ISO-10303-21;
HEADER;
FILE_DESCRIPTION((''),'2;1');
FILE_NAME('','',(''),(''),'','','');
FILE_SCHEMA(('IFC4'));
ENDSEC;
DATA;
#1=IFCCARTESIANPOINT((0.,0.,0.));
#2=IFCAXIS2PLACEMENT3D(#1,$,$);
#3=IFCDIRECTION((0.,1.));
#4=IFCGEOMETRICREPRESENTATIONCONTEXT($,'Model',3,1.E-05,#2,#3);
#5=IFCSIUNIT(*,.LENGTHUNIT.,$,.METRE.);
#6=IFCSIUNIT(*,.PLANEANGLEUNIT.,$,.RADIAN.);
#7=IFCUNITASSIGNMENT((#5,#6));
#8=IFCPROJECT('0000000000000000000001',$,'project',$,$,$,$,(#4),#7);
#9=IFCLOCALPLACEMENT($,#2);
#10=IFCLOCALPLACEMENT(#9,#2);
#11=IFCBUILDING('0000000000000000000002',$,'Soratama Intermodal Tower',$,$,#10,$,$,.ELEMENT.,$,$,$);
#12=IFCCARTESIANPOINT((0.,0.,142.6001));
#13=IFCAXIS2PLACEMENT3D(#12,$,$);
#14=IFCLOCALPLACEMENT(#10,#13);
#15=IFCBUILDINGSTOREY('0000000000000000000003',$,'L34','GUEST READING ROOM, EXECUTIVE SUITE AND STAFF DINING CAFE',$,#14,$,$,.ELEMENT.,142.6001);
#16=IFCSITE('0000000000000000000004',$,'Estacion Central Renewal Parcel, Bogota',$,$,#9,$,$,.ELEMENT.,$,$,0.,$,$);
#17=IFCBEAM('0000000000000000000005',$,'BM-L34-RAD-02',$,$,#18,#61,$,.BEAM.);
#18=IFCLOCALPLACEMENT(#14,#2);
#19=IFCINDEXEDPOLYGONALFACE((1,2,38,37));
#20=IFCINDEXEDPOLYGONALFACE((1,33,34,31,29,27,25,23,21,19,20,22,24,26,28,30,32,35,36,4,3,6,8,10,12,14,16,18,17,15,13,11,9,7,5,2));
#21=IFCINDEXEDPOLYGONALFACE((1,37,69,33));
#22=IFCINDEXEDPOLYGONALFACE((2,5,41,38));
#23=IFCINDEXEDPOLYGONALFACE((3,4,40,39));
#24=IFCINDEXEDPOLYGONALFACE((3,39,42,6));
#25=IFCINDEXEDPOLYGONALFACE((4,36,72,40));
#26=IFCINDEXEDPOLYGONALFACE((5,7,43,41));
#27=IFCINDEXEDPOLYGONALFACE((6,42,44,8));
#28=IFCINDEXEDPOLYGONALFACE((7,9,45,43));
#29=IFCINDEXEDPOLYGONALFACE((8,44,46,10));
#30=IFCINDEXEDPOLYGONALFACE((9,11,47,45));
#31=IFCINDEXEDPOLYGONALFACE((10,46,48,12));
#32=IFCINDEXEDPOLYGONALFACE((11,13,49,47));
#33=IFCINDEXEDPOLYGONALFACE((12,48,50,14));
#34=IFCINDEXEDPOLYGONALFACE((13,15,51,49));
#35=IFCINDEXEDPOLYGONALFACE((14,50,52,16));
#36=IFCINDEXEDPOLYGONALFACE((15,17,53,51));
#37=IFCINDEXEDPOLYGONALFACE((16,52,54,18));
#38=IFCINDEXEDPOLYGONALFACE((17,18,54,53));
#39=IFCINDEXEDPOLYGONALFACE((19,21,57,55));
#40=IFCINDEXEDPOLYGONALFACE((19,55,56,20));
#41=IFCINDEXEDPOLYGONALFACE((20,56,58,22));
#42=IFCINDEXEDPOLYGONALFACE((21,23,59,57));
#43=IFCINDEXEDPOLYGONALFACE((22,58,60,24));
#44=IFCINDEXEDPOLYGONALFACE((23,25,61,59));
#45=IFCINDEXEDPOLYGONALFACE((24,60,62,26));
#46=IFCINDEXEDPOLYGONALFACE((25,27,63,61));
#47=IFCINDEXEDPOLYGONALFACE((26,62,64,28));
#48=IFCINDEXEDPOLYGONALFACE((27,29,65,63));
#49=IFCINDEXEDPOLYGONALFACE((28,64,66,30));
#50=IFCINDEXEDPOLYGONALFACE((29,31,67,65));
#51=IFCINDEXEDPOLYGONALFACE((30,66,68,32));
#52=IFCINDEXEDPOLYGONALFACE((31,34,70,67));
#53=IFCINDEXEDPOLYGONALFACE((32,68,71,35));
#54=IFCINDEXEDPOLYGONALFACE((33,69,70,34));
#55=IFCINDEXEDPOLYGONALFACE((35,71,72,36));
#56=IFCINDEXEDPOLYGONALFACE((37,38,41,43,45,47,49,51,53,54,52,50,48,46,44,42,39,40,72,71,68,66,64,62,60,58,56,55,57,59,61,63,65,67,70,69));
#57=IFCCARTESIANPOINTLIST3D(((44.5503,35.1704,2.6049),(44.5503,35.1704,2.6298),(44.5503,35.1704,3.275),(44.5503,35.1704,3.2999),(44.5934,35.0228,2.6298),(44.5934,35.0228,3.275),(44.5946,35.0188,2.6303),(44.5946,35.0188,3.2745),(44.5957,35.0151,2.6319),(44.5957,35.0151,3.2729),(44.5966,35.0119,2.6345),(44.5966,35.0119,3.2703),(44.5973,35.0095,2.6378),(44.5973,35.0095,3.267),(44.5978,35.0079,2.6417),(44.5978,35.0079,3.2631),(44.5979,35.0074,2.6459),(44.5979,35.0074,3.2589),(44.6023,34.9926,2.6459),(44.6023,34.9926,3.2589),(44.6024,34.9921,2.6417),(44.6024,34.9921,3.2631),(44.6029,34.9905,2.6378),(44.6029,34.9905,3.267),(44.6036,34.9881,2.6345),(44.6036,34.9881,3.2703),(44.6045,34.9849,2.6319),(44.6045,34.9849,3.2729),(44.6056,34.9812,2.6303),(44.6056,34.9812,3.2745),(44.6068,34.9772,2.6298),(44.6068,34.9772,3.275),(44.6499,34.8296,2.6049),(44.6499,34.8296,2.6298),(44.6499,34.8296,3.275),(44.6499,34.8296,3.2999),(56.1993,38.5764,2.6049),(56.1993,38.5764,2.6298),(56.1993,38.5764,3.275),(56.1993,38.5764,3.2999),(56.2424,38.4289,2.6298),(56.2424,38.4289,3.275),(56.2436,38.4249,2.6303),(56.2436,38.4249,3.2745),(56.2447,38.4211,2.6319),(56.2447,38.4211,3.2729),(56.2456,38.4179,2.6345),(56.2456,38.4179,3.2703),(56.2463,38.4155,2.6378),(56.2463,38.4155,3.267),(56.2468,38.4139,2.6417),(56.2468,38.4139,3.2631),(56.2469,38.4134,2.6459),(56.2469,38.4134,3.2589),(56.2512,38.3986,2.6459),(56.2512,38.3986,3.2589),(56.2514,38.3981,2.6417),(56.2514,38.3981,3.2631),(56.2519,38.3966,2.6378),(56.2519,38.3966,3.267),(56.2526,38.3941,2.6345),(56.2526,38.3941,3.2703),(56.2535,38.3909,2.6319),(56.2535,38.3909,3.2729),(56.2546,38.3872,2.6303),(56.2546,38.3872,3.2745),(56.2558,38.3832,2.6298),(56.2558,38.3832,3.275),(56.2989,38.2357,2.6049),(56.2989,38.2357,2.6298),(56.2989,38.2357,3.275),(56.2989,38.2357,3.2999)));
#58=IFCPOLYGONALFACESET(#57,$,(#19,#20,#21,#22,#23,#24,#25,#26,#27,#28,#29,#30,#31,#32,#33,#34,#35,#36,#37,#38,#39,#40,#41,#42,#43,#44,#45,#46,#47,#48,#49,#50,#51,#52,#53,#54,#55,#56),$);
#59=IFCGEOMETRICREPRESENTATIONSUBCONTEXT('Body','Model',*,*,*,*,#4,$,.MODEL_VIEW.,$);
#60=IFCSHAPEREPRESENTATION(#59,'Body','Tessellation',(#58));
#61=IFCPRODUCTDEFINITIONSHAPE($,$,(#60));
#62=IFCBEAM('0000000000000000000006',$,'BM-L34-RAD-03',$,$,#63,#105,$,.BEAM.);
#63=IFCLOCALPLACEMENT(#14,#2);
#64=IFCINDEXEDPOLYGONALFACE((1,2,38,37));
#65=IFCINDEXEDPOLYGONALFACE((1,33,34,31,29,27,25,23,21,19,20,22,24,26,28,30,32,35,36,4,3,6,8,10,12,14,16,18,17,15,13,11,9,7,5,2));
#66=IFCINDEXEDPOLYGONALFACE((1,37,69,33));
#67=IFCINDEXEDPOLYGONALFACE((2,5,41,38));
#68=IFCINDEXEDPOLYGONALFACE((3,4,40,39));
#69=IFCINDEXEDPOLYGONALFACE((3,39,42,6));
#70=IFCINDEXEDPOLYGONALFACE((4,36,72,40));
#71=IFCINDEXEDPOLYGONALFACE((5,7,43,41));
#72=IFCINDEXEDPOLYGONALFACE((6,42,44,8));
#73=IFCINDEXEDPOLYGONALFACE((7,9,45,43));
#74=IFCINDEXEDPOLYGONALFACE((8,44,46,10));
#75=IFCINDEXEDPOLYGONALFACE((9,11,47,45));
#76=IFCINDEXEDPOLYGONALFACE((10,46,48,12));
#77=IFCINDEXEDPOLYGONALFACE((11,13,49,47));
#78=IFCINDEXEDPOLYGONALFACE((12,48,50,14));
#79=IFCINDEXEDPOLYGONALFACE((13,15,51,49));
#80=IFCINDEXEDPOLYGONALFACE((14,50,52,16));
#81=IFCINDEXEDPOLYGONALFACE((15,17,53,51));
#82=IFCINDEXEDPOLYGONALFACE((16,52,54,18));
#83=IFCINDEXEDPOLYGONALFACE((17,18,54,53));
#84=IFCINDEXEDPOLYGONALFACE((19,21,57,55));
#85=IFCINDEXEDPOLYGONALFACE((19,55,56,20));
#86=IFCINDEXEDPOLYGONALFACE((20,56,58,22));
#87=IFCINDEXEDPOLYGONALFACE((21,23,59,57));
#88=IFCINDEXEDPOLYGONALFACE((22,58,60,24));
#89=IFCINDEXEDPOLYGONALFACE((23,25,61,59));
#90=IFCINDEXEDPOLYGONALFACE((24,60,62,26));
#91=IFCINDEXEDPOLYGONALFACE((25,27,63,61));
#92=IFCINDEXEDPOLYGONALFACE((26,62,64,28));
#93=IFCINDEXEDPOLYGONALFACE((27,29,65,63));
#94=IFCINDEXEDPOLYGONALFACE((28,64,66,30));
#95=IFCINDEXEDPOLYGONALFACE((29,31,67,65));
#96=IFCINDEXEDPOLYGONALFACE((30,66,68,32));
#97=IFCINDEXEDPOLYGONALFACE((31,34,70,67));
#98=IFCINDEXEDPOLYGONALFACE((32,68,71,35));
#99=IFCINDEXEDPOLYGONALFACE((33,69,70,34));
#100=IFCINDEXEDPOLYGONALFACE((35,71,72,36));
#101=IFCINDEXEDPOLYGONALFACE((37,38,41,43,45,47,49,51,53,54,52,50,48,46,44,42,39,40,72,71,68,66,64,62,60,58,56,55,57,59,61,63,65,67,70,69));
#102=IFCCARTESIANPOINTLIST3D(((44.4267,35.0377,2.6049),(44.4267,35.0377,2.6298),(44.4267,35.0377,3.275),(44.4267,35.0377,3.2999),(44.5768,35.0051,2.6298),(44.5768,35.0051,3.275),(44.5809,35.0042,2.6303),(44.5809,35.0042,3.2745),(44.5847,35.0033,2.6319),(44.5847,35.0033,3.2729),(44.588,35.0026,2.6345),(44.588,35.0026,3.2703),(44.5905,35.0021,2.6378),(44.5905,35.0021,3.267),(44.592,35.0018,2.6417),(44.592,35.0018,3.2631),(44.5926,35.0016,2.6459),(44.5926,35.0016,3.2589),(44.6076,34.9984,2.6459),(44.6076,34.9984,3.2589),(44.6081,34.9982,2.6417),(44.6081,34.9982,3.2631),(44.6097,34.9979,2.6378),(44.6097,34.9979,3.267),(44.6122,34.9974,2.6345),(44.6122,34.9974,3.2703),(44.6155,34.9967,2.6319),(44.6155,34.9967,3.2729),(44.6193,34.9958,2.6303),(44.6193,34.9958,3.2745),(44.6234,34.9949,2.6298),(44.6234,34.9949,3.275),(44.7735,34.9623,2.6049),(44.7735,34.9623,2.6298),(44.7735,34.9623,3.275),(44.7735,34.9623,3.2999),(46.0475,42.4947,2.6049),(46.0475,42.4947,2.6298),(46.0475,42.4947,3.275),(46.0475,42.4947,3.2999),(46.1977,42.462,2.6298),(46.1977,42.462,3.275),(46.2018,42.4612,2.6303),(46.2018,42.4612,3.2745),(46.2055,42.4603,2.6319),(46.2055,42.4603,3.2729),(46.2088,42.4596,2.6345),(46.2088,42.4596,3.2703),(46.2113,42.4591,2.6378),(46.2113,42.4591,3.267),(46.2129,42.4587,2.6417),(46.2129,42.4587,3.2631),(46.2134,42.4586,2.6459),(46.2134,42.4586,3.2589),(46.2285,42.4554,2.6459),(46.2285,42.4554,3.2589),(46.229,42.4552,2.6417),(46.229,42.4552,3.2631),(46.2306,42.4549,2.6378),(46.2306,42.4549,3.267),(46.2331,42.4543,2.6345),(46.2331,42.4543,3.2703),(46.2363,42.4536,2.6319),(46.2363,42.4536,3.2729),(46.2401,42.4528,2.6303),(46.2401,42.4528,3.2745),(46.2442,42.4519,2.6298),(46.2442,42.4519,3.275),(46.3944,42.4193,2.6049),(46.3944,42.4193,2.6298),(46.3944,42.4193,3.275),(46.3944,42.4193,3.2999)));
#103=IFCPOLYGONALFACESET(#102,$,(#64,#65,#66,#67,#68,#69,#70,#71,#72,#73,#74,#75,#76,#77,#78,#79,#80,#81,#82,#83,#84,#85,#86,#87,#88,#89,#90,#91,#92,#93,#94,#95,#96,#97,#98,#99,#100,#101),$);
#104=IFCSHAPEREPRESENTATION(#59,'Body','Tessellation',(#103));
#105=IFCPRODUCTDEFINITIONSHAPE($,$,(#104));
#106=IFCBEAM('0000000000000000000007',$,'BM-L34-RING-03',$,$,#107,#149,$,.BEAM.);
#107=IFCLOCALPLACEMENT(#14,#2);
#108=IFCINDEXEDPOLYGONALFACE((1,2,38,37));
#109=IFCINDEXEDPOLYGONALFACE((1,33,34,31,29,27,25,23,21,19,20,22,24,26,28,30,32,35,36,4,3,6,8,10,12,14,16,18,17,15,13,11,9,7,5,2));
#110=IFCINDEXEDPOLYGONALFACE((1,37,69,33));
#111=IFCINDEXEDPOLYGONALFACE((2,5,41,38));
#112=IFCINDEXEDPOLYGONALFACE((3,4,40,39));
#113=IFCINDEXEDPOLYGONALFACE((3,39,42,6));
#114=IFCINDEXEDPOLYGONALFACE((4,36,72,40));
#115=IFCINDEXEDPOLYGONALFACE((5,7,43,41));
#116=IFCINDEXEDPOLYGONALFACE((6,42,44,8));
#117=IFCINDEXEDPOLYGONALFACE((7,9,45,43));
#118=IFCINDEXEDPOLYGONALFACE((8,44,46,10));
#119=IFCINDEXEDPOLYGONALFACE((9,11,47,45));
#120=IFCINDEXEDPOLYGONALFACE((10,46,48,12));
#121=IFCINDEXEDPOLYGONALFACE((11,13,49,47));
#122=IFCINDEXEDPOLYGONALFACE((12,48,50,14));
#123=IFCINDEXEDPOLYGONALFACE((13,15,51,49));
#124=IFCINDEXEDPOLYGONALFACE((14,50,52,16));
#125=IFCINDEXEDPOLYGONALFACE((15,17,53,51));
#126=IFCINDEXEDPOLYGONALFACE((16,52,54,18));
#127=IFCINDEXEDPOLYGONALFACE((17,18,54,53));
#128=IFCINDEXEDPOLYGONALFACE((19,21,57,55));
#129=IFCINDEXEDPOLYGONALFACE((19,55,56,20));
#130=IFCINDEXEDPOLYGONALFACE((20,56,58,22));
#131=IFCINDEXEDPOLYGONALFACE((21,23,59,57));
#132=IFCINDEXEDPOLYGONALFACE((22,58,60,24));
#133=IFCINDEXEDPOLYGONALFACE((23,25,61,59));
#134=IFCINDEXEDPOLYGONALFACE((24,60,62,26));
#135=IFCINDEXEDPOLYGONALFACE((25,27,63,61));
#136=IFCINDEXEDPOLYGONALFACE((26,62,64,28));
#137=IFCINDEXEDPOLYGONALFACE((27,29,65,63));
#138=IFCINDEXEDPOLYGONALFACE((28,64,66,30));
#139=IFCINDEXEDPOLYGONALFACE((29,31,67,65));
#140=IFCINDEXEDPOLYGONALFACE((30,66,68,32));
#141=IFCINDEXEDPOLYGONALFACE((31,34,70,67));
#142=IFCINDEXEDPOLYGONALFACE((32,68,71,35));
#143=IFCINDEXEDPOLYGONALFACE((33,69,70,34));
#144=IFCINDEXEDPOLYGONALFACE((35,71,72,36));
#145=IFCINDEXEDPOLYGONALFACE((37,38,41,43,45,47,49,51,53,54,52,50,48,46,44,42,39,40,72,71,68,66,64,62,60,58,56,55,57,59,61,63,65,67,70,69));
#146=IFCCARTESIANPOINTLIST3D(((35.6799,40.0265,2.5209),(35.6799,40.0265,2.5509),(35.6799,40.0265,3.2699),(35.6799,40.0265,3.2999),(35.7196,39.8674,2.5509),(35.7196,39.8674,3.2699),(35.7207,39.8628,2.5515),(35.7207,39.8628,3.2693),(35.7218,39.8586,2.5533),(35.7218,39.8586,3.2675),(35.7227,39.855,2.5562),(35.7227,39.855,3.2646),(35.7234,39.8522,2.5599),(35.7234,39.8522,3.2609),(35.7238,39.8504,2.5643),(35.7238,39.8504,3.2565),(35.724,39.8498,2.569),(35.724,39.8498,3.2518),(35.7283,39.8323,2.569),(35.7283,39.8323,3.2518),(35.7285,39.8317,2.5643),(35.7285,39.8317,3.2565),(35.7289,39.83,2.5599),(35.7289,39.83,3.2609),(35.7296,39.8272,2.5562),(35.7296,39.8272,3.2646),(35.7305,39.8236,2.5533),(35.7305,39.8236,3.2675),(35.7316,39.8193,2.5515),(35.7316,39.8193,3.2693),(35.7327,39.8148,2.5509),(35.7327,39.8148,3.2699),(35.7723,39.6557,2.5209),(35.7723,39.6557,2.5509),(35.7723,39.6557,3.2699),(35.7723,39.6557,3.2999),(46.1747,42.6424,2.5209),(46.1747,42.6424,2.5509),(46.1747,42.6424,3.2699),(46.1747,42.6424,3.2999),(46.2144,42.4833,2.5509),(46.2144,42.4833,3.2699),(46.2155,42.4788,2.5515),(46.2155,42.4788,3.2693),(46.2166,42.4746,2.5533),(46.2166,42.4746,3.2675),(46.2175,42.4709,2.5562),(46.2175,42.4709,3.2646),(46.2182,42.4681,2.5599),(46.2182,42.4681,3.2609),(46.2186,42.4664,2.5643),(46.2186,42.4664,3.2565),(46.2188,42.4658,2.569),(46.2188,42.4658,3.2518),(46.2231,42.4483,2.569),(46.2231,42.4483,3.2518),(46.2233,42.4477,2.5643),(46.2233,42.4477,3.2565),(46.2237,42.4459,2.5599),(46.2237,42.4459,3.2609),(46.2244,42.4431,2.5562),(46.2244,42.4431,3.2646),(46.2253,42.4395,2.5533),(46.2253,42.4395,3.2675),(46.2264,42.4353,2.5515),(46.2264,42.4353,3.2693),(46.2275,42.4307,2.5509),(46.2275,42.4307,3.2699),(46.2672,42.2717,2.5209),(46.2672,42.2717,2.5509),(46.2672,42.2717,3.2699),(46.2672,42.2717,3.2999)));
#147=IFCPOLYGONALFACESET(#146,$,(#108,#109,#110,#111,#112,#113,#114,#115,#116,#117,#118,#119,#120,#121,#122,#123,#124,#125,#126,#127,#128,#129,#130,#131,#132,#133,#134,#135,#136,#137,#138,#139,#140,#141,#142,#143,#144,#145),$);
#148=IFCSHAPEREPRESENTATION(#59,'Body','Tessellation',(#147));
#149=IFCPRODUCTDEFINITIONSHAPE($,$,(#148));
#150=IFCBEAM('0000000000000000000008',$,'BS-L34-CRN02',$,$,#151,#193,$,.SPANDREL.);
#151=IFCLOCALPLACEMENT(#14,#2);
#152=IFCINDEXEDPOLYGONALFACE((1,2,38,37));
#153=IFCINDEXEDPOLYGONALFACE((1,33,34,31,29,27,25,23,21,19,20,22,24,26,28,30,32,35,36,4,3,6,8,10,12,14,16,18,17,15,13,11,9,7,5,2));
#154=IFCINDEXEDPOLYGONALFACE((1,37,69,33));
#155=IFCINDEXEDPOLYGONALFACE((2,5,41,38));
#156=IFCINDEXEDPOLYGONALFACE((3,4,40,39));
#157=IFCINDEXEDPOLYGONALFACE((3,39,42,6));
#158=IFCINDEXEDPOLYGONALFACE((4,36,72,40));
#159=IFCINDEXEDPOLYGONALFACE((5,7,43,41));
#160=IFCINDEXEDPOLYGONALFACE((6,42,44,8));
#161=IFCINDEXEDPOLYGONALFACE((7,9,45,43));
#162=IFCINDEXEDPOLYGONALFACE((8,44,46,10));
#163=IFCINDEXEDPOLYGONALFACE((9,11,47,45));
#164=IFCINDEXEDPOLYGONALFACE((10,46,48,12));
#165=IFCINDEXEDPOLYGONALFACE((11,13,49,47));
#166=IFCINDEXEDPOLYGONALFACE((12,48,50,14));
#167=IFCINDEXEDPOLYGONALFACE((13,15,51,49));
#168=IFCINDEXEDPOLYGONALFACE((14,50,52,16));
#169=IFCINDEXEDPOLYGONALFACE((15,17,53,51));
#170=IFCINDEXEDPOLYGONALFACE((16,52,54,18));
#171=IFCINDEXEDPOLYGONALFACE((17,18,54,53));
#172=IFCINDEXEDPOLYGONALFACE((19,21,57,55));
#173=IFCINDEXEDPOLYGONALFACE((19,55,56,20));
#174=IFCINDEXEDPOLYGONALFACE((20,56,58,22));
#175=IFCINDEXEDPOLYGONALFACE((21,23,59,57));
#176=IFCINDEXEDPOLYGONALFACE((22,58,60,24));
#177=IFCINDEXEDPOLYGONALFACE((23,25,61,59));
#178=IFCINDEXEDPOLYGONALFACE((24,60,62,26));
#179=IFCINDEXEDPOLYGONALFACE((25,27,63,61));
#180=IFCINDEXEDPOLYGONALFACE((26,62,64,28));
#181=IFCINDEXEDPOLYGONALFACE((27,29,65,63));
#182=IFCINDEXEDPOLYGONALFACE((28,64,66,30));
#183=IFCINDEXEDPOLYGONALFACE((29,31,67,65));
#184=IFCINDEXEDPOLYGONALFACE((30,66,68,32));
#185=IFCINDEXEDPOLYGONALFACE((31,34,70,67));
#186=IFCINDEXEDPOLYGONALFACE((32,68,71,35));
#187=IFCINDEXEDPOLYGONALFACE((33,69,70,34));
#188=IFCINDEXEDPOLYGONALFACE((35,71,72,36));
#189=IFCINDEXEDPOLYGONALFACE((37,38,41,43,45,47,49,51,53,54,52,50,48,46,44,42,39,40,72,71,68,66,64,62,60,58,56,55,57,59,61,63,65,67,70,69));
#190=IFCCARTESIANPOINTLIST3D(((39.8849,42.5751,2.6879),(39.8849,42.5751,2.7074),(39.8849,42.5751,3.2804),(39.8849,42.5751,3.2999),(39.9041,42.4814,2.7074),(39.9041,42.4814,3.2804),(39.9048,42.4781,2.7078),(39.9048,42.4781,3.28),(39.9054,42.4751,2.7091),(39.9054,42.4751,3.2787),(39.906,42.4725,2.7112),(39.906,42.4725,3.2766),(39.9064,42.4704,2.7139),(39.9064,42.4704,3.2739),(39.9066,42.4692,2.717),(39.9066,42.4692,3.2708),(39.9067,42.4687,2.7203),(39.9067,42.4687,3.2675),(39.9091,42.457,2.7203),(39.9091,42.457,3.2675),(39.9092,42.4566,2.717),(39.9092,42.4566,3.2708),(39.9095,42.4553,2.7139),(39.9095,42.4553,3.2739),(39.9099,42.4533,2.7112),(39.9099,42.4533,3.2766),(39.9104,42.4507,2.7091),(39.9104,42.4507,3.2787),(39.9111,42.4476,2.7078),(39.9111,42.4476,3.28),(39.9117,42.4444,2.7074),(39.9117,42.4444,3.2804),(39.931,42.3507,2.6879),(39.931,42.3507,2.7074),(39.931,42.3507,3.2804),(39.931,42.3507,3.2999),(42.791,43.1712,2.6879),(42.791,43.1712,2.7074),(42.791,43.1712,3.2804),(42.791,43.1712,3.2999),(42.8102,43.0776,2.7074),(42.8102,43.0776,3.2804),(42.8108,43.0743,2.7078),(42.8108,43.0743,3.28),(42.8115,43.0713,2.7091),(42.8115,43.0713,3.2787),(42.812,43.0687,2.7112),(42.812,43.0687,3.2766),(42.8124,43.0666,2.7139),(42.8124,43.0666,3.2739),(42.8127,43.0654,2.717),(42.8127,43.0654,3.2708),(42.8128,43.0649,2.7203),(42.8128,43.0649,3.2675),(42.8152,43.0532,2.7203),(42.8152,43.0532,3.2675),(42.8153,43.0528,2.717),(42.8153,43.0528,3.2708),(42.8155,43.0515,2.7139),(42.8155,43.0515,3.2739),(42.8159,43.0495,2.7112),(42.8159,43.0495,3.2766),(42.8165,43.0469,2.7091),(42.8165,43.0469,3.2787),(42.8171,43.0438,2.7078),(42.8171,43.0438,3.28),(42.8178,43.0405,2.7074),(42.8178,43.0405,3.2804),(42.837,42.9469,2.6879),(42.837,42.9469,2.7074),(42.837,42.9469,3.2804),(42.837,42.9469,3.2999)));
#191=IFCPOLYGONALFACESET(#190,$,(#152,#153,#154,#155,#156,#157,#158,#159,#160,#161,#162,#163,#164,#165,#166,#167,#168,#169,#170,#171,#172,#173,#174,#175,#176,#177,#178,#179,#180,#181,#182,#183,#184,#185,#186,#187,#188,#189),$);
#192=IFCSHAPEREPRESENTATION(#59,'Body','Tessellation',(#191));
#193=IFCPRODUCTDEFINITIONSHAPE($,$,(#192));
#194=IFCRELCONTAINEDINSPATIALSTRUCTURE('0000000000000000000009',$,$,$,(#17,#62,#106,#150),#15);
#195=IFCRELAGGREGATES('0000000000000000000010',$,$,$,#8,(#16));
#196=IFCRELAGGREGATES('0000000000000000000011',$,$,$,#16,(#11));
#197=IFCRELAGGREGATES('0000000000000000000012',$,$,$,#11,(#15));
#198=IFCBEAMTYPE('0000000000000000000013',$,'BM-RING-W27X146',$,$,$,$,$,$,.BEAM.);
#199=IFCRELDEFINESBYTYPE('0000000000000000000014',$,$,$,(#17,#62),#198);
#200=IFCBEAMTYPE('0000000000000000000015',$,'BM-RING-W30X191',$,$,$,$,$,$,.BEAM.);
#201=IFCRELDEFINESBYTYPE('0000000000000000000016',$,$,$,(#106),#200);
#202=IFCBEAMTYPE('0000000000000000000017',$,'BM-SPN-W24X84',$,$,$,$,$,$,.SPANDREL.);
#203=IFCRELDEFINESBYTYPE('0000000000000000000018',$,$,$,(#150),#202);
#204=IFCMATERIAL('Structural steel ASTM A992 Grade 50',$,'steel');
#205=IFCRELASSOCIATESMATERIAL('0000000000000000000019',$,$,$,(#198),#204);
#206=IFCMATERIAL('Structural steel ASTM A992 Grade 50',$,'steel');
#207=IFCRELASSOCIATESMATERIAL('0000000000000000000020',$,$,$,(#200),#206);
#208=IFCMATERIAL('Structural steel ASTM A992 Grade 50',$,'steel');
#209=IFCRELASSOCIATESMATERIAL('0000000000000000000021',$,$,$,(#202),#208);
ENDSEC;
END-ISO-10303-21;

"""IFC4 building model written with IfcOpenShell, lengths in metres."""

from ifc_helpers import new_model, si_unit, direction, frame, origin, origin_2d, place, context, subcontext, project, spatial, i_section, extrude, material, material_profile, profile_set, type_object, element, save


model = new_model("IFC4")

# Units and contexts
model_context = context("Model", 3, precision=1e-05, world=origin(), true_north=direction((0.0, 1.0)))
body_context = subcontext(model_context, "Body", "Model", "MODEL_VIEW")
ifc_project = project(units=[si_unit("LENGTHUNIT", "METRE"), si_unit("PLANEANGLEUNIT", "RADIAN")], contexts=[model_context])

# Site, building, storey
site_placement = place(None, origin())
site = spatial("IfcSite", under=ifc_project, at=site_placement, Name="Estacion Central Renewal Parcel, Bogota", CompositionType="ELEMENT", RefElevation=0.0)
building_placement = place(site_placement, origin())
building = spatial("IfcBuilding", under=site, at=building_placement, Name="Soratama Intermodal Tower", CompositionType="ELEMENT")
storey_placement = place(building_placement, frame((0.0, 0.0, 142.6001)))
storey = spatial("IfcBuildingStorey", under=building, at=storey_placement, Name="L34", Description="GUEST READING ROOM, EXECUTIVE SUITE AND STAFF DINING CAFE", CompositionType="ELEMENT", Elevation=142.6001)

# Beams
ifc_material_1 = material(Name="Structural steel ASTM A992 Grade 50", Category="steel")
ifc_material_profile_1 = material_profile(ifc_material_1, i_section(OverallWidth=0.355, OverallDepth=0.6951, WebThickness=0.0154, FlangeThickness=0.0249, FilletRadius=0.0161, at=origin_2d()), Name="W27X146")
ifc_profile_set_1 = profile_set([ifc_material_profile_1], Name="Structural steel ASTM A992 Grade 50")
beam_type_1 = type_object("IfcBeamType", Name="BM-RING-W27X146", PredefinedType="BEAM", material=ifc_profile_set_1)
beam_1_placement = place(storey_placement, frame((44.6001, 35.0, 2.9524), z_axis=(0.959814, 0.280638, 0.0), x_axis=(-0.280638, 0.959814, 0.0)))
element("IfcBeam", 1, at=beam_1_placement, inside=storey, type_object=beam_type_1, Name="BM-L34-RAD-02", PredefinedType="BEAM", context=body_context, shape_type="SweptSolid", body=[
    extrude(i_section(OverallWidth=0.355, OverallDepth=0.6951, WebThickness=0.0154, FlangeThickness=0.0249, FilletRadius=0.0161, at=origin_2d()), origin(), (0.0, 0.0, 1.0), 12.1367),
])
beam_2_placement = place(storey_placement, frame((44.6001, 35.0, 2.9524), z_axis=(0.212399, 0.977183, 0.0), x_axis=(-0.977183, 0.212399, 0.0)))
element("IfcBeam", 2, at=beam_2_placement, inside=storey, type_object=beam_type_1, Name="BM-L34-RAD-03", PredefinedType="BEAM", context=body_context, shape_type="SweptSolid", body=[
    extrude(i_section(OverallWidth=0.355, OverallDepth=0.6951, WebThickness=0.0154, FlangeThickness=0.0249, FilletRadius=0.0161, at=origin_2d()), origin(), (0.0, 0.0, 1.0), 7.6311),
])
ifc_material_2 = material(Name="Structural steel ASTM A992 Grade 50", Category="steel")
ifc_material_profile_2 = material_profile(ifc_material_2, i_section(OverallWidth=0.3821, OverallDepth=0.7791, WebThickness=0.0181, FlangeThickness=0.03, FilletRadius=0.0181, at=origin_2d()), Name="W30X191")
ifc_profile_set_2 = profile_set([ifc_material_profile_2], Name="Structural steel ASTM A992 Grade 50")
beam_type_2 = type_object("IfcBeamType", Name="BM-RING-W30X191", PredefinedType="BEAM", material=ifc_profile_set_2)
beam_3_placement = place(storey_placement, frame((46.2209, 42.457, 2.9104), z_axis=(-0.970311, -0.241861, 0.0), x_axis=(0.241861, -0.970311, 0.0)))
element("IfcBeam", 3, at=beam_3_placement, inside=storey, type_object=beam_type_2, Name="BM-L34-RING-03", PredefinedType="BEAM", context=body_context, shape_type="SweptSolid", body=[
    extrude(i_section(OverallWidth=0.3821, OverallDepth=0.7791, WebThickness=0.0181, FlangeThickness=0.03, FilletRadius=0.0181, at=origin_2d()), origin(), (0.0, 0.0, 1.0), 10.8159),
])
ifc_material_3 = material(Name="Structural steel ASTM A992 Grade 50", Category="steel")
ifc_material_profile_3 = material_profile(ifc_material_3, i_section(OverallWidth=0.229, OverallDepth=0.6121, WebThickness=0.012, FlangeThickness=0.0195, FilletRadius=0.0129, at=origin_2d()), Name="W24X84")
ifc_profile_set_3 = profile_set([ifc_material_profile_3], Name="Structural steel ASTM A992 Grade 50")
beam_type_3 = type_object("IfcBeamType", Name="BM-SPN-W24X84", PredefinedType="SPANDREL", material=ifc_profile_set_3)
beam_4_placement = place(storey_placement, frame((42.814, 43.0591, 2.9939), z_axis=(-0.979597, -0.200972, 0.0), x_axis=(0.200972, -0.979597, 0.0)))
element("IfcBeam", 4, at=beam_4_placement, inside=storey, type_object=beam_type_3, Name="BS-L34-CRN02", PredefinedType="SPANDREL", context=body_context, shape_type="SweptSolid", body=[
    extrude(i_section(OverallWidth=0.229, OverallDepth=0.6121, WebThickness=0.012, FlangeThickness=0.0195, FilletRadius=0.0129, at=origin_2d()), origin(), (0.0, 0.0, 1.0), 2.9666),
])

save(model, "model.ifc")
